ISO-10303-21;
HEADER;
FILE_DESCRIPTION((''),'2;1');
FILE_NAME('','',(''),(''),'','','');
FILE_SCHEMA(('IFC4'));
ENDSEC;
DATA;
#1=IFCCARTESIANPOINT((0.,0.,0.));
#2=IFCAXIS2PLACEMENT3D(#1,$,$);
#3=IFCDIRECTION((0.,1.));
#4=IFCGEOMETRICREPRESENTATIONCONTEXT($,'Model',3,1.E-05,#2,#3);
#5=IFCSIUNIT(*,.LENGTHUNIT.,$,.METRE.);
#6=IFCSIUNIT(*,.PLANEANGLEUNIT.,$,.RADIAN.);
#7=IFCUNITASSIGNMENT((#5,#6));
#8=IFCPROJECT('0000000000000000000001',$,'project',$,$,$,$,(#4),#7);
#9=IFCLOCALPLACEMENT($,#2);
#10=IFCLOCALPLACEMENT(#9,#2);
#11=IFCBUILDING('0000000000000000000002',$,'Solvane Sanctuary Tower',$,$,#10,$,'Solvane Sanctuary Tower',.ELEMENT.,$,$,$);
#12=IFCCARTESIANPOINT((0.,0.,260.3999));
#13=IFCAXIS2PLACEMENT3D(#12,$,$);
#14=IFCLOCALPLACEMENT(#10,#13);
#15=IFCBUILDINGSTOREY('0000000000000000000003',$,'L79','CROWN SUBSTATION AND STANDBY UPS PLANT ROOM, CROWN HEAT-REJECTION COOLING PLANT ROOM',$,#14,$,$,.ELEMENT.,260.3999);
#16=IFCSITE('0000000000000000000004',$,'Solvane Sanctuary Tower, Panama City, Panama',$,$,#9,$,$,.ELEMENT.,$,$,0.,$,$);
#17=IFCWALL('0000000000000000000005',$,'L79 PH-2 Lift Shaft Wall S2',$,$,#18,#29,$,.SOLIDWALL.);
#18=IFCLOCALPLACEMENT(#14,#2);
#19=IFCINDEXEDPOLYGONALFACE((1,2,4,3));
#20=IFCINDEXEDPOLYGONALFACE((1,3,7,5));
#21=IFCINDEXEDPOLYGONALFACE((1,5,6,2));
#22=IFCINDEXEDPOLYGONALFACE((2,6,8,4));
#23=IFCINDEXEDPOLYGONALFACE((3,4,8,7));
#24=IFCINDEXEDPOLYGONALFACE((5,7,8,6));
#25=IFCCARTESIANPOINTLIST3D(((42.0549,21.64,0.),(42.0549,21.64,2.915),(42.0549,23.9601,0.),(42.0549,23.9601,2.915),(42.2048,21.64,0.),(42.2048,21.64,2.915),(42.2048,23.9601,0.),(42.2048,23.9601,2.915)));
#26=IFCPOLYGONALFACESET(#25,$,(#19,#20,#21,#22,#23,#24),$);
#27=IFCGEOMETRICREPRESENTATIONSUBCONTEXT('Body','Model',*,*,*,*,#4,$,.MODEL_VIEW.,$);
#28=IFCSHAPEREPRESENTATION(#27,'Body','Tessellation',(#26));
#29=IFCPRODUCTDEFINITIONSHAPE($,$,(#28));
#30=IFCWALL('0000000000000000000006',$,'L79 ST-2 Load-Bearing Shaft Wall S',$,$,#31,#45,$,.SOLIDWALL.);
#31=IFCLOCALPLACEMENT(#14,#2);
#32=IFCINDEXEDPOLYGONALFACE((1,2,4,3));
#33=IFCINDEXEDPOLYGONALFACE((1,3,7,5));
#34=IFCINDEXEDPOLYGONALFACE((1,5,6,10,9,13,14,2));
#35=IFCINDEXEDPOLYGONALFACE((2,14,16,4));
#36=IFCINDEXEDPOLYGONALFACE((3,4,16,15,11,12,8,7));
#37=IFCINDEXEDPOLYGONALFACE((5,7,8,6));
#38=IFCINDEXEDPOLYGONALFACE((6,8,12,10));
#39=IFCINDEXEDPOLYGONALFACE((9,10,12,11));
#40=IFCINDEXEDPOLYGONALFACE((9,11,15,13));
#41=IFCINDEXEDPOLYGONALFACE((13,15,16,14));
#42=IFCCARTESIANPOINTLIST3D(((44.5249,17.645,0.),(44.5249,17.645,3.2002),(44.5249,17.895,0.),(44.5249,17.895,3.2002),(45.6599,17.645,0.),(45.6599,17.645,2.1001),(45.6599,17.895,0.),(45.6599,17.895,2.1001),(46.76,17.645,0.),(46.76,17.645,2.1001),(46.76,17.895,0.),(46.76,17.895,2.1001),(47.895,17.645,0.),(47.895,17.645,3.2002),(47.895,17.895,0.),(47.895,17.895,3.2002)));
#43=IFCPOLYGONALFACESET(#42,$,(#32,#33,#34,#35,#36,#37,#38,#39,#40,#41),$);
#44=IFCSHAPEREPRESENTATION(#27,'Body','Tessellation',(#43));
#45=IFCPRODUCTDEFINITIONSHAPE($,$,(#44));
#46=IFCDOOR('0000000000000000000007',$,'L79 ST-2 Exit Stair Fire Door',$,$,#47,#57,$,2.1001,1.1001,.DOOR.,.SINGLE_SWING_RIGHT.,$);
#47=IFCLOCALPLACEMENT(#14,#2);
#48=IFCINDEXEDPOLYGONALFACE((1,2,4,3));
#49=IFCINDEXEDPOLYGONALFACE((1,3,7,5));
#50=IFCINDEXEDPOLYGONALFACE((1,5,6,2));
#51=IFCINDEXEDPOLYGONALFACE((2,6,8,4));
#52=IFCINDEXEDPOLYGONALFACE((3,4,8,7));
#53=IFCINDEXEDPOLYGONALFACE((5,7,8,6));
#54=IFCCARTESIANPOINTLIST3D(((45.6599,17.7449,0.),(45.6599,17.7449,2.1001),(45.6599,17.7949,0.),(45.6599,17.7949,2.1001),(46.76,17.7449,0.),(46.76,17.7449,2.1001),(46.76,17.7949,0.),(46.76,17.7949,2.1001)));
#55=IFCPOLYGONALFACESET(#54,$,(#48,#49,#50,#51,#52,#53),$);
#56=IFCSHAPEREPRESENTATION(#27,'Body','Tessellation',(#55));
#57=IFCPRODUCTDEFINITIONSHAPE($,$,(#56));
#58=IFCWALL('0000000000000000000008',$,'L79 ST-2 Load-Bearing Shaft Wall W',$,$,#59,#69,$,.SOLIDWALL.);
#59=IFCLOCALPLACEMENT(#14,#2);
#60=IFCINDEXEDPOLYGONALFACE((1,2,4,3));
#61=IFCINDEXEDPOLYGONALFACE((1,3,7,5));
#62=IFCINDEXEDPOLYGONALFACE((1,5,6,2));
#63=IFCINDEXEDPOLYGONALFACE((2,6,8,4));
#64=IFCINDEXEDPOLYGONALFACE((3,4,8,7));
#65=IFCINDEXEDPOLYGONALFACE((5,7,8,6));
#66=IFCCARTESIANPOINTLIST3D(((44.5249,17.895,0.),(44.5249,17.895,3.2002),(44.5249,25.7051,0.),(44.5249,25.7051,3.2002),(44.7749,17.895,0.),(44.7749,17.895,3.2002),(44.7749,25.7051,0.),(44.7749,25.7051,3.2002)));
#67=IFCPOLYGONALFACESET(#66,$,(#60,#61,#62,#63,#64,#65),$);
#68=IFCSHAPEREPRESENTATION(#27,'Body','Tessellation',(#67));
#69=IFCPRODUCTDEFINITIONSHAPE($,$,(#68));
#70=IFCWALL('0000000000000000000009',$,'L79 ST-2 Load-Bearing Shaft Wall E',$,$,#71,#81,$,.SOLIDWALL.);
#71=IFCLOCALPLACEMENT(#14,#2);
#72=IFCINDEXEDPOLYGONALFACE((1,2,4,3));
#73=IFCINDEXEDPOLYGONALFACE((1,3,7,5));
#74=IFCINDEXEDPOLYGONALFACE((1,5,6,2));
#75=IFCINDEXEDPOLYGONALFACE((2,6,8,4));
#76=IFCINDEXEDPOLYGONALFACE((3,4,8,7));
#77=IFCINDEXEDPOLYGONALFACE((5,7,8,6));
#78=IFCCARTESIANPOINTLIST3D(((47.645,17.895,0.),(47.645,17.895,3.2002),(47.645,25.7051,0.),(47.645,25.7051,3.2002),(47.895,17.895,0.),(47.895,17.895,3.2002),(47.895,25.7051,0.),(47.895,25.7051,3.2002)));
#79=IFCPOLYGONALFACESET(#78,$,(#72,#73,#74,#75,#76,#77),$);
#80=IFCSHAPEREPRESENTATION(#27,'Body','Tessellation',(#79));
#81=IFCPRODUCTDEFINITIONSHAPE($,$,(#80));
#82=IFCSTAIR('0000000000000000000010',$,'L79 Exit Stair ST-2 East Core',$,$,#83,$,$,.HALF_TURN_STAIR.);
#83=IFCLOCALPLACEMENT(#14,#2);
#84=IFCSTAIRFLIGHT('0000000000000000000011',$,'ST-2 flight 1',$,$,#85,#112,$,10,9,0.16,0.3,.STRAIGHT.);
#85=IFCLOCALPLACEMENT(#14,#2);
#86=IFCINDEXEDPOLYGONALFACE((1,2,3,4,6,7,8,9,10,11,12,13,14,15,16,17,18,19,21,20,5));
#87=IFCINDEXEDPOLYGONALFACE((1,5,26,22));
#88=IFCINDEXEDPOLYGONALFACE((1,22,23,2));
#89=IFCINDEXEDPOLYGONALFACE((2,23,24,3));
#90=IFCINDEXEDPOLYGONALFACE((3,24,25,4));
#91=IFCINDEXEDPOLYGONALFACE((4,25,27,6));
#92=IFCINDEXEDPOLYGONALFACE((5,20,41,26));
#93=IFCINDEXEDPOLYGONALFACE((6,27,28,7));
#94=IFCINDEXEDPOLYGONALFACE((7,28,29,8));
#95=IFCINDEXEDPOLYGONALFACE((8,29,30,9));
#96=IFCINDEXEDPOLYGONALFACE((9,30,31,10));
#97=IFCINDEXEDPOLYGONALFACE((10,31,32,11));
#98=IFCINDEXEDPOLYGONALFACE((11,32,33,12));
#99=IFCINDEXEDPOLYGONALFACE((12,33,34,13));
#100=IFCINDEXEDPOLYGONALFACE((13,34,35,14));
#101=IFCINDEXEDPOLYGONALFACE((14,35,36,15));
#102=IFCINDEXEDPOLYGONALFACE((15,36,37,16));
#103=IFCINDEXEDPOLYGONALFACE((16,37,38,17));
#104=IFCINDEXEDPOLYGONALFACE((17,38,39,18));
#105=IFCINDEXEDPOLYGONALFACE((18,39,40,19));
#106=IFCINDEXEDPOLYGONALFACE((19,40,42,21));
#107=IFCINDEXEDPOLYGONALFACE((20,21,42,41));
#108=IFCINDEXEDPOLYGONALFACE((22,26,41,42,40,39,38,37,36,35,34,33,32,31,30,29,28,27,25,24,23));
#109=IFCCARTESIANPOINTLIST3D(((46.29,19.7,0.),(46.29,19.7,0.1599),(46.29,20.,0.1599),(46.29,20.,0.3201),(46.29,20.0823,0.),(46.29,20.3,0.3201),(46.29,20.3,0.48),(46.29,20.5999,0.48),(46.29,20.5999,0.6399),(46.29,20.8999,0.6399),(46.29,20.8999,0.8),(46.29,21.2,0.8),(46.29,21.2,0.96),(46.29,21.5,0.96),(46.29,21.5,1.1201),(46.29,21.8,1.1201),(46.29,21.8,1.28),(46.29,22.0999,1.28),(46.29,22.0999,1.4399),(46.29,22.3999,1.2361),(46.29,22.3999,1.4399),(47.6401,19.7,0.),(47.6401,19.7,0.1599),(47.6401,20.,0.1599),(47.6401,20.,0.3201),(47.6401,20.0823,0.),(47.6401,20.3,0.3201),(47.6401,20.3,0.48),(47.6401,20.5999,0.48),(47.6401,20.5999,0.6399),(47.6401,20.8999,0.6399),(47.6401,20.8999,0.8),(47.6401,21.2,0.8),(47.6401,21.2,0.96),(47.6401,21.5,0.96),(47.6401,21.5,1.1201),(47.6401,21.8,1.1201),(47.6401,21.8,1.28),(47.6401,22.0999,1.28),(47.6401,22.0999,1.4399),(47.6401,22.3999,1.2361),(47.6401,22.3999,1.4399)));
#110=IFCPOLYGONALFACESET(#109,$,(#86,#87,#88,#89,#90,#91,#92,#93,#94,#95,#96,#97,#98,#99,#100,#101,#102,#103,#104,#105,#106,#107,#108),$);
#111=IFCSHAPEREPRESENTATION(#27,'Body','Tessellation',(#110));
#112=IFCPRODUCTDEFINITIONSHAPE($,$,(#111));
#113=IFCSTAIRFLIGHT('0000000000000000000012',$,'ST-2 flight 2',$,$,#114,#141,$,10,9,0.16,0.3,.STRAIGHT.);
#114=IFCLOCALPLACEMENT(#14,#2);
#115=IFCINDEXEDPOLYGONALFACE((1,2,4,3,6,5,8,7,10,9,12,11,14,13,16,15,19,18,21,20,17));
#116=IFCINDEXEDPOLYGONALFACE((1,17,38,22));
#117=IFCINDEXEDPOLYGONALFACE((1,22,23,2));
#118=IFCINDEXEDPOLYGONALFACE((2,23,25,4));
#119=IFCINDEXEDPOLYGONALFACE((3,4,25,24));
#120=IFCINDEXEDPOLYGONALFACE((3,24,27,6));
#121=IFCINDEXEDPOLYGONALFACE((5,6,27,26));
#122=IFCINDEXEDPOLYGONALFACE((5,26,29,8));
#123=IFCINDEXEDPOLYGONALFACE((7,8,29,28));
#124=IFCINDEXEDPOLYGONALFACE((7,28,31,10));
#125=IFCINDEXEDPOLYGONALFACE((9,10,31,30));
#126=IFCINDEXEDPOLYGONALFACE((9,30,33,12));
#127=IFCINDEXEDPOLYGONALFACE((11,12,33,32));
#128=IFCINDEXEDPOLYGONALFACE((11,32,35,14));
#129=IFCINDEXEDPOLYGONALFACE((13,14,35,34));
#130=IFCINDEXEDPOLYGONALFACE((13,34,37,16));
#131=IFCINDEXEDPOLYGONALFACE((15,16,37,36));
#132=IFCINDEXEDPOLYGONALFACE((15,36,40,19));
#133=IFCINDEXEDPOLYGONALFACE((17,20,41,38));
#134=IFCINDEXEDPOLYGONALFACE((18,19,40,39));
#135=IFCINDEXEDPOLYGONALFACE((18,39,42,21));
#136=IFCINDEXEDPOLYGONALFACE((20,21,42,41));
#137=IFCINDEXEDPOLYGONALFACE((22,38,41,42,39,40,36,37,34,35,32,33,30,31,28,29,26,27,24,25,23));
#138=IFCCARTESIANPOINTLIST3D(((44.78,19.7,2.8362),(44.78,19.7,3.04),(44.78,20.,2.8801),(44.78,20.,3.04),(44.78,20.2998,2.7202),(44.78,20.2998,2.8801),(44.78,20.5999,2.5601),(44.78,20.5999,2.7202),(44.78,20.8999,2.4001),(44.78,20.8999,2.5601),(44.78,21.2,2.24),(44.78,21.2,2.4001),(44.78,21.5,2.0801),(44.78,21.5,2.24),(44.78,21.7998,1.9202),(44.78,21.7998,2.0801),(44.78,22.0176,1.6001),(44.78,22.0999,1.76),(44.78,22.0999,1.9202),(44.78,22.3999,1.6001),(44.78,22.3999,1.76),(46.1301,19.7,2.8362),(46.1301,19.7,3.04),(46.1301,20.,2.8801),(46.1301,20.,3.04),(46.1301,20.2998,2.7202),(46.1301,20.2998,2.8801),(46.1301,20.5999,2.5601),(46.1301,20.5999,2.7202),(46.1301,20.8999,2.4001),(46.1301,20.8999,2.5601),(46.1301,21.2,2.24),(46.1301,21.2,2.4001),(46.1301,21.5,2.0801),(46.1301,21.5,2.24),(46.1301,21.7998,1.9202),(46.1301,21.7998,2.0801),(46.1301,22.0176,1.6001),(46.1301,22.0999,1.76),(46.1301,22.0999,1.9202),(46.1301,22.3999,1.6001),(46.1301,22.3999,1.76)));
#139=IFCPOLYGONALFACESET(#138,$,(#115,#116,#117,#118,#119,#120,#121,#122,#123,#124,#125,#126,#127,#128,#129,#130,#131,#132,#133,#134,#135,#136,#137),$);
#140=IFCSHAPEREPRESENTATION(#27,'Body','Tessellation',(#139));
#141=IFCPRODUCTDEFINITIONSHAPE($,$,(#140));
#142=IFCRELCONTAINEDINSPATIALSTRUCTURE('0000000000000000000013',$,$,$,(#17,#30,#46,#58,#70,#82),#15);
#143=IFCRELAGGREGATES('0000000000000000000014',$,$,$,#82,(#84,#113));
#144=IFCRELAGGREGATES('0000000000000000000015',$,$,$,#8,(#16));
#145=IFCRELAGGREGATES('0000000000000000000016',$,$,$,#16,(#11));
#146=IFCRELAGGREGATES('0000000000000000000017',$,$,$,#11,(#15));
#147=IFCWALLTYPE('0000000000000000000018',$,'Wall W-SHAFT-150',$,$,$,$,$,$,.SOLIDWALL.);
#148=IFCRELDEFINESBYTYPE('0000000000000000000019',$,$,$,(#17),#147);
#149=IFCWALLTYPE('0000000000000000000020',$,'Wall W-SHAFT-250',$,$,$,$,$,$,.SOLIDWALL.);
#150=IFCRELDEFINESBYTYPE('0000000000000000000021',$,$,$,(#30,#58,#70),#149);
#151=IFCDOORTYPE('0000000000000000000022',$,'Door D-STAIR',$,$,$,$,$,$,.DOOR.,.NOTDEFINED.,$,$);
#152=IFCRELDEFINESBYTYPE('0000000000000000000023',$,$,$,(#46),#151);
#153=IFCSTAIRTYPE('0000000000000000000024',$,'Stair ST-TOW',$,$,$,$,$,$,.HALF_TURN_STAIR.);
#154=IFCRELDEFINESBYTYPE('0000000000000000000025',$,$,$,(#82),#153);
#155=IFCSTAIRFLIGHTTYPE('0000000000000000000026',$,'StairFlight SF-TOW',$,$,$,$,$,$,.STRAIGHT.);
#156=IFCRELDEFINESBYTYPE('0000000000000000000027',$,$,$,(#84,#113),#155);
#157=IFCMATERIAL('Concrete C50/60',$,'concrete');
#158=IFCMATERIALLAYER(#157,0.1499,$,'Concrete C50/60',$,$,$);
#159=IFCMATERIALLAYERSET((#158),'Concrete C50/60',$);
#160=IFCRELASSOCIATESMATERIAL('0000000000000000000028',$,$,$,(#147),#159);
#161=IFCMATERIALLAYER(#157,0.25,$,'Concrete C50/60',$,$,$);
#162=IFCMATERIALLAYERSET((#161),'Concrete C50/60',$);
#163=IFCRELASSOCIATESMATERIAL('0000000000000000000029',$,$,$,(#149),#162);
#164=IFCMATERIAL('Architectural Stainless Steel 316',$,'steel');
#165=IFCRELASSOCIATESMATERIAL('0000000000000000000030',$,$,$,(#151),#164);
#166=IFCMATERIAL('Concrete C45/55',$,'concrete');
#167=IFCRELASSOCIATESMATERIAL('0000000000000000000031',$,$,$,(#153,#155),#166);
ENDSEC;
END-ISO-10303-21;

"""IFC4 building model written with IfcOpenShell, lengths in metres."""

from ifc_helpers import new_model, si_unit, direction, frame, frame_2d, origin, place, context, subcontext, project, spatial, polyline, rectangle, outline, extrude, material, layer, layer_set, type_object, element, fill, aggregate, save


model = new_model("IFC4")

# Units and contexts
model_context = context("Model", 3, precision=1e-05, world=origin(), true_north=direction((0.0, 1.0)))
body_context = subcontext(model_context, "Body", "Model", "MODEL_VIEW")
ifc_project = project(units=[si_unit("LENGTHUNIT", "METRE"), si_unit("PLANEANGLEUNIT", "RADIAN")], contexts=[model_context])

# Site, building, storey
site_placement = place(None, origin())
site = spatial("IfcSite", under=ifc_project, at=site_placement, Name="Solvane Sanctuary Tower, Panama City, Panama", CompositionType="ELEMENT", RefElevation=0.0)
building_placement = place(site_placement, origin())
building = spatial("IfcBuilding", under=site, at=building_placement, Name="Solvane Sanctuary Tower", LongName="Solvane Sanctuary Tower", CompositionType="ELEMENT")
storey_placement = place(building_placement, frame((0.0, 0.0, 260.3999)))
storey = spatial("IfcBuildingStorey", under=building, at=storey_placement, Name="L79", Description="CROWN SUBSTATION AND STANDBY UPS PLANT ROOM, CROWN HEAT-REJECTION COOLING PLANT ROOM", CompositionType="ELEMENT", Elevation=260.3999)

# Shared definitions
ifc_material_1 = material(Name="Architectural Stainless Steel 316", Category="steel")

# Wall
ifc_material_2 = material(Name="Concrete C50/60", Category="concrete")
ifc_layer_1 = layer(ifc_material_2, 0.1499, Name="Concrete C50/60")
ifc_layer_set_1 = layer_set([ifc_layer_1], Name="Concrete C50/60")
wall_type_1 = type_object("IfcWallType", Name="Wall W-SHAFT-150", PredefinedType="SOLIDWALL", material=ifc_layer_set_1)
wall_1_placement = place(storey_placement, frame((42.1299, 21.6399, 0.0), z_axis=(0.0, 0.0, 1.0), x_axis=(0.0, 1.0, 0.0)))
element("IfcWall", 1, at=wall_1_placement, inside=storey, type_object=wall_type_1, Name="L79 PH-2 Lift Shaft Wall S2", PredefinedType="SOLIDWALL", context=body_context, shape_type="SweptSolid", body=[
    extrude(rectangle(XDim=2.3201, YDim=0.1499, at=frame_2d((1.1602, 0.0))), origin(), (0.0, 0.0, 1.0), 2.915),
])

# Wall, opening, door
ifc_layer_2 = layer(ifc_material_2, 0.25, Name="Concrete C50/60")
ifc_layer_set_2 = layer_set([ifc_layer_2], Name="Concrete C50/60")
wall_type_2 = type_object("IfcWallType", Name="Wall W-SHAFT-250", PredefinedType="SOLIDWALL", material=ifc_layer_set_2)
wall_2_placement = place(storey_placement, frame((44.5249, 17.77, 0.0), z_axis=(0.0, 0.0, 1.0), x_axis=(1.0, 0.0, 0.0)))
wall_2 = element("IfcWall", 2, at=wall_2_placement, inside=storey, type_object=wall_type_2, Name="L79 ST-2 Load-Bearing Shaft Wall S", PredefinedType="SOLIDWALL", context=body_context, shape_type="SweptSolid", body=[
    extrude(rectangle(XDim=3.3701, YDim=0.25, at=frame_2d((1.6851, 0.0))), origin(), (0.0, 0.0, 1.0), 3.2002),
])
opening_1_placement = place(wall_2_placement, frame((1.135, 0.0, 0.0)))
opening_1 = element("IfcOpeningElement", 3, at=opening_1_placement, cuts=wall_2, PredefinedType="OPENING", context=body_context, shape_type="SweptSolid", body=[
    extrude(rectangle(XDim=1.1001, YDim=2.1001, at=frame_2d((0.55, 1.05))), frame((0.0, 0.135, 0.0), z_axis=(0.0, -1.0, 0.0), x_axis=(1.0, 0.0, 0.0)), (0.0, 0.0, 1.0), 0.27),
])
door_type_1 = type_object("IfcDoorType", Name="Door D-STAIR", OperationType="NOTDEFINED", PredefinedType="DOOR", material=ifc_material_1)
door_1_placement = place(opening_1_placement, origin())
door_1 = element("IfcDoor", 4, at=door_1_placement, inside=storey, type_object=door_type_1, Name="L79 ST-2 Exit Stair Fire Door", OperationType="SINGLE_SWING_RIGHT", OverallHeight=2.1001, OverallWidth=1.1001, PredefinedType="DOOR", context=body_context, shape_type="SweptSolid", body=[
    extrude(rectangle(XDim=1.1001, YDim=2.1001, at=frame_2d((0.55, 1.05))), frame((0.0, 0.0249, 0.0), z_axis=(0.0, -1.0, 0.0), x_axis=(1.0, 0.0, 0.0)), (0.0, 0.0, 1.0), 0.05),
])
fill(opening_1, door_1)

# Walls
for number, where, z_axis, x_axis, name in (
    (5, (44.6499, 17.895, 0.0), (0.0, 0.0, 1.0), (0.0, 1.0, 0.0), "L79 ST-2 Load-Bearing Shaft Wall W"),
    (6, (47.77, 17.895, 0.0), (0.0, 0.0, 1.0), (0.0, 1.0, 0.0), "L79 ST-2 Load-Bearing Shaft Wall E"),
):
    element("IfcWall", number, at=place(storey_placement, frame(where, z_axis=z_axis, x_axis=x_axis)), inside=storey, type_object=wall_type_2, Name=name, PredefinedType="SOLIDWALL", context=body_context, shape_type="SweptSolid", body=[
        extrude(rectangle(XDim=7.8101, YDim=0.25, at=frame_2d((3.905, 0.0))), origin(), (0.0, 0.0, 1.0), 3.2002),
    ])

# Stair, stair flights
ifc_material_3 = material(Name="Concrete C45/55", Category="concrete")
stair_type = type_object("IfcStairType", Name="Stair ST-TOW", PredefinedType="HALF_TURN_STAIR", material=ifc_material_3)
stair_placement = place(storey_placement, origin())
stair = element("IfcStair", 7, at=stair_placement, inside=storey, type_object=stair_type, Name="L79 Exit Stair ST-2 East Core", PredefinedType="HALF_TURN_STAIR")
stair_flight_type = type_object("IfcStairFlightType", Name="StairFlight SF-TOW", PredefinedType="STRAIGHT", material=ifc_material_3)
stair_flight_1_placement = place(storey_placement, frame((46.9651, 19.7, 0.0), z_axis=(0.0, 0.0, 1.0), x_axis=(0.0, 1.0, 0.0)))
stair_flight_1 = element("IfcStairFlight", 8, at=stair_flight_1_placement, type_object=stair_flight_type, Name="ST-2 flight 1", NumberOfRisers=10, NumberOfTreads=9, PredefinedType="STRAIGHT", RiserHeight=0.16, TreadLength=0.3, context=body_context, shape_type="SweptSolid", body=[
    extrude(outline(polyline([(0.0, 0.0), (0.0, 0.1599), (0.3, 0.1599), (0.3, 0.3201), (0.6001, 0.3201), (0.6001, 0.48), (0.8999, 0.48), (0.8999, 0.6399), (1.2, 0.6399), (1.2, 0.8), (1.5, 0.8), (1.5, 0.96), (1.8, 0.96), (1.8, 1.1201), (2.1001, 1.1201), (2.1001, 1.28), (2.3999, 1.28), (2.3999, 1.4399), (2.7, 1.4399), (2.7, 1.6001), (2.7, 1.2361), (0.3823, 0.0), (0.0, 0.0)])), frame((0.0, 0.675, 0.0), z_axis=(0.0, -1.0, 0.0), x_axis=(1.0, 0.0, 0.0)), (0.0, 0.0, 1.0), 1.3501),
])
stair_flight_2_placement = place(storey_placement, frame((45.4551, 22.3999, 1.6001), z_axis=(0.0, 0.0, 1.0), x_axis=(0.0, -1.0, 0.0)))
stair_flight_2 = element("IfcStairFlight", 9, at=stair_flight_2_placement, type_object=stair_flight_type, Name="ST-2 flight 2", NumberOfRisers=10, NumberOfTreads=9, PredefinedType="STRAIGHT", RiserHeight=0.16, TreadLength=0.3, context=body_context, shape_type="SweptSolid", body=[
    extrude(outline(polyline([(0.0, 0.0), (0.0, 0.1599), (0.3, 0.1599), (0.3, 0.3201), (0.6001, 0.3201), (0.6001, 0.48), (0.8999, 0.48), (0.8999, 0.6399), (1.2, 0.6399), (1.2, 0.8), (1.5, 0.8), (1.5, 0.96), (1.8, 0.96), (1.8, 1.1201), (2.1001, 1.1201), (2.1001, 1.28), (2.3999, 1.28), (2.3999, 1.4399), (2.7, 1.4399), (2.7, 1.6001), (2.7, 1.2361), (0.3823, 0.0), (0.0, 0.0)])), frame((0.0, 0.675, 0.0), z_axis=(0.0, -1.0, 0.0), x_axis=(1.0, 0.0, 0.0)), (0.0, 0.0, 1.0), 1.3501),
])
aggregate(stair, [stair_flight_1, stair_flight_2])

save(model, "model.ifc")
